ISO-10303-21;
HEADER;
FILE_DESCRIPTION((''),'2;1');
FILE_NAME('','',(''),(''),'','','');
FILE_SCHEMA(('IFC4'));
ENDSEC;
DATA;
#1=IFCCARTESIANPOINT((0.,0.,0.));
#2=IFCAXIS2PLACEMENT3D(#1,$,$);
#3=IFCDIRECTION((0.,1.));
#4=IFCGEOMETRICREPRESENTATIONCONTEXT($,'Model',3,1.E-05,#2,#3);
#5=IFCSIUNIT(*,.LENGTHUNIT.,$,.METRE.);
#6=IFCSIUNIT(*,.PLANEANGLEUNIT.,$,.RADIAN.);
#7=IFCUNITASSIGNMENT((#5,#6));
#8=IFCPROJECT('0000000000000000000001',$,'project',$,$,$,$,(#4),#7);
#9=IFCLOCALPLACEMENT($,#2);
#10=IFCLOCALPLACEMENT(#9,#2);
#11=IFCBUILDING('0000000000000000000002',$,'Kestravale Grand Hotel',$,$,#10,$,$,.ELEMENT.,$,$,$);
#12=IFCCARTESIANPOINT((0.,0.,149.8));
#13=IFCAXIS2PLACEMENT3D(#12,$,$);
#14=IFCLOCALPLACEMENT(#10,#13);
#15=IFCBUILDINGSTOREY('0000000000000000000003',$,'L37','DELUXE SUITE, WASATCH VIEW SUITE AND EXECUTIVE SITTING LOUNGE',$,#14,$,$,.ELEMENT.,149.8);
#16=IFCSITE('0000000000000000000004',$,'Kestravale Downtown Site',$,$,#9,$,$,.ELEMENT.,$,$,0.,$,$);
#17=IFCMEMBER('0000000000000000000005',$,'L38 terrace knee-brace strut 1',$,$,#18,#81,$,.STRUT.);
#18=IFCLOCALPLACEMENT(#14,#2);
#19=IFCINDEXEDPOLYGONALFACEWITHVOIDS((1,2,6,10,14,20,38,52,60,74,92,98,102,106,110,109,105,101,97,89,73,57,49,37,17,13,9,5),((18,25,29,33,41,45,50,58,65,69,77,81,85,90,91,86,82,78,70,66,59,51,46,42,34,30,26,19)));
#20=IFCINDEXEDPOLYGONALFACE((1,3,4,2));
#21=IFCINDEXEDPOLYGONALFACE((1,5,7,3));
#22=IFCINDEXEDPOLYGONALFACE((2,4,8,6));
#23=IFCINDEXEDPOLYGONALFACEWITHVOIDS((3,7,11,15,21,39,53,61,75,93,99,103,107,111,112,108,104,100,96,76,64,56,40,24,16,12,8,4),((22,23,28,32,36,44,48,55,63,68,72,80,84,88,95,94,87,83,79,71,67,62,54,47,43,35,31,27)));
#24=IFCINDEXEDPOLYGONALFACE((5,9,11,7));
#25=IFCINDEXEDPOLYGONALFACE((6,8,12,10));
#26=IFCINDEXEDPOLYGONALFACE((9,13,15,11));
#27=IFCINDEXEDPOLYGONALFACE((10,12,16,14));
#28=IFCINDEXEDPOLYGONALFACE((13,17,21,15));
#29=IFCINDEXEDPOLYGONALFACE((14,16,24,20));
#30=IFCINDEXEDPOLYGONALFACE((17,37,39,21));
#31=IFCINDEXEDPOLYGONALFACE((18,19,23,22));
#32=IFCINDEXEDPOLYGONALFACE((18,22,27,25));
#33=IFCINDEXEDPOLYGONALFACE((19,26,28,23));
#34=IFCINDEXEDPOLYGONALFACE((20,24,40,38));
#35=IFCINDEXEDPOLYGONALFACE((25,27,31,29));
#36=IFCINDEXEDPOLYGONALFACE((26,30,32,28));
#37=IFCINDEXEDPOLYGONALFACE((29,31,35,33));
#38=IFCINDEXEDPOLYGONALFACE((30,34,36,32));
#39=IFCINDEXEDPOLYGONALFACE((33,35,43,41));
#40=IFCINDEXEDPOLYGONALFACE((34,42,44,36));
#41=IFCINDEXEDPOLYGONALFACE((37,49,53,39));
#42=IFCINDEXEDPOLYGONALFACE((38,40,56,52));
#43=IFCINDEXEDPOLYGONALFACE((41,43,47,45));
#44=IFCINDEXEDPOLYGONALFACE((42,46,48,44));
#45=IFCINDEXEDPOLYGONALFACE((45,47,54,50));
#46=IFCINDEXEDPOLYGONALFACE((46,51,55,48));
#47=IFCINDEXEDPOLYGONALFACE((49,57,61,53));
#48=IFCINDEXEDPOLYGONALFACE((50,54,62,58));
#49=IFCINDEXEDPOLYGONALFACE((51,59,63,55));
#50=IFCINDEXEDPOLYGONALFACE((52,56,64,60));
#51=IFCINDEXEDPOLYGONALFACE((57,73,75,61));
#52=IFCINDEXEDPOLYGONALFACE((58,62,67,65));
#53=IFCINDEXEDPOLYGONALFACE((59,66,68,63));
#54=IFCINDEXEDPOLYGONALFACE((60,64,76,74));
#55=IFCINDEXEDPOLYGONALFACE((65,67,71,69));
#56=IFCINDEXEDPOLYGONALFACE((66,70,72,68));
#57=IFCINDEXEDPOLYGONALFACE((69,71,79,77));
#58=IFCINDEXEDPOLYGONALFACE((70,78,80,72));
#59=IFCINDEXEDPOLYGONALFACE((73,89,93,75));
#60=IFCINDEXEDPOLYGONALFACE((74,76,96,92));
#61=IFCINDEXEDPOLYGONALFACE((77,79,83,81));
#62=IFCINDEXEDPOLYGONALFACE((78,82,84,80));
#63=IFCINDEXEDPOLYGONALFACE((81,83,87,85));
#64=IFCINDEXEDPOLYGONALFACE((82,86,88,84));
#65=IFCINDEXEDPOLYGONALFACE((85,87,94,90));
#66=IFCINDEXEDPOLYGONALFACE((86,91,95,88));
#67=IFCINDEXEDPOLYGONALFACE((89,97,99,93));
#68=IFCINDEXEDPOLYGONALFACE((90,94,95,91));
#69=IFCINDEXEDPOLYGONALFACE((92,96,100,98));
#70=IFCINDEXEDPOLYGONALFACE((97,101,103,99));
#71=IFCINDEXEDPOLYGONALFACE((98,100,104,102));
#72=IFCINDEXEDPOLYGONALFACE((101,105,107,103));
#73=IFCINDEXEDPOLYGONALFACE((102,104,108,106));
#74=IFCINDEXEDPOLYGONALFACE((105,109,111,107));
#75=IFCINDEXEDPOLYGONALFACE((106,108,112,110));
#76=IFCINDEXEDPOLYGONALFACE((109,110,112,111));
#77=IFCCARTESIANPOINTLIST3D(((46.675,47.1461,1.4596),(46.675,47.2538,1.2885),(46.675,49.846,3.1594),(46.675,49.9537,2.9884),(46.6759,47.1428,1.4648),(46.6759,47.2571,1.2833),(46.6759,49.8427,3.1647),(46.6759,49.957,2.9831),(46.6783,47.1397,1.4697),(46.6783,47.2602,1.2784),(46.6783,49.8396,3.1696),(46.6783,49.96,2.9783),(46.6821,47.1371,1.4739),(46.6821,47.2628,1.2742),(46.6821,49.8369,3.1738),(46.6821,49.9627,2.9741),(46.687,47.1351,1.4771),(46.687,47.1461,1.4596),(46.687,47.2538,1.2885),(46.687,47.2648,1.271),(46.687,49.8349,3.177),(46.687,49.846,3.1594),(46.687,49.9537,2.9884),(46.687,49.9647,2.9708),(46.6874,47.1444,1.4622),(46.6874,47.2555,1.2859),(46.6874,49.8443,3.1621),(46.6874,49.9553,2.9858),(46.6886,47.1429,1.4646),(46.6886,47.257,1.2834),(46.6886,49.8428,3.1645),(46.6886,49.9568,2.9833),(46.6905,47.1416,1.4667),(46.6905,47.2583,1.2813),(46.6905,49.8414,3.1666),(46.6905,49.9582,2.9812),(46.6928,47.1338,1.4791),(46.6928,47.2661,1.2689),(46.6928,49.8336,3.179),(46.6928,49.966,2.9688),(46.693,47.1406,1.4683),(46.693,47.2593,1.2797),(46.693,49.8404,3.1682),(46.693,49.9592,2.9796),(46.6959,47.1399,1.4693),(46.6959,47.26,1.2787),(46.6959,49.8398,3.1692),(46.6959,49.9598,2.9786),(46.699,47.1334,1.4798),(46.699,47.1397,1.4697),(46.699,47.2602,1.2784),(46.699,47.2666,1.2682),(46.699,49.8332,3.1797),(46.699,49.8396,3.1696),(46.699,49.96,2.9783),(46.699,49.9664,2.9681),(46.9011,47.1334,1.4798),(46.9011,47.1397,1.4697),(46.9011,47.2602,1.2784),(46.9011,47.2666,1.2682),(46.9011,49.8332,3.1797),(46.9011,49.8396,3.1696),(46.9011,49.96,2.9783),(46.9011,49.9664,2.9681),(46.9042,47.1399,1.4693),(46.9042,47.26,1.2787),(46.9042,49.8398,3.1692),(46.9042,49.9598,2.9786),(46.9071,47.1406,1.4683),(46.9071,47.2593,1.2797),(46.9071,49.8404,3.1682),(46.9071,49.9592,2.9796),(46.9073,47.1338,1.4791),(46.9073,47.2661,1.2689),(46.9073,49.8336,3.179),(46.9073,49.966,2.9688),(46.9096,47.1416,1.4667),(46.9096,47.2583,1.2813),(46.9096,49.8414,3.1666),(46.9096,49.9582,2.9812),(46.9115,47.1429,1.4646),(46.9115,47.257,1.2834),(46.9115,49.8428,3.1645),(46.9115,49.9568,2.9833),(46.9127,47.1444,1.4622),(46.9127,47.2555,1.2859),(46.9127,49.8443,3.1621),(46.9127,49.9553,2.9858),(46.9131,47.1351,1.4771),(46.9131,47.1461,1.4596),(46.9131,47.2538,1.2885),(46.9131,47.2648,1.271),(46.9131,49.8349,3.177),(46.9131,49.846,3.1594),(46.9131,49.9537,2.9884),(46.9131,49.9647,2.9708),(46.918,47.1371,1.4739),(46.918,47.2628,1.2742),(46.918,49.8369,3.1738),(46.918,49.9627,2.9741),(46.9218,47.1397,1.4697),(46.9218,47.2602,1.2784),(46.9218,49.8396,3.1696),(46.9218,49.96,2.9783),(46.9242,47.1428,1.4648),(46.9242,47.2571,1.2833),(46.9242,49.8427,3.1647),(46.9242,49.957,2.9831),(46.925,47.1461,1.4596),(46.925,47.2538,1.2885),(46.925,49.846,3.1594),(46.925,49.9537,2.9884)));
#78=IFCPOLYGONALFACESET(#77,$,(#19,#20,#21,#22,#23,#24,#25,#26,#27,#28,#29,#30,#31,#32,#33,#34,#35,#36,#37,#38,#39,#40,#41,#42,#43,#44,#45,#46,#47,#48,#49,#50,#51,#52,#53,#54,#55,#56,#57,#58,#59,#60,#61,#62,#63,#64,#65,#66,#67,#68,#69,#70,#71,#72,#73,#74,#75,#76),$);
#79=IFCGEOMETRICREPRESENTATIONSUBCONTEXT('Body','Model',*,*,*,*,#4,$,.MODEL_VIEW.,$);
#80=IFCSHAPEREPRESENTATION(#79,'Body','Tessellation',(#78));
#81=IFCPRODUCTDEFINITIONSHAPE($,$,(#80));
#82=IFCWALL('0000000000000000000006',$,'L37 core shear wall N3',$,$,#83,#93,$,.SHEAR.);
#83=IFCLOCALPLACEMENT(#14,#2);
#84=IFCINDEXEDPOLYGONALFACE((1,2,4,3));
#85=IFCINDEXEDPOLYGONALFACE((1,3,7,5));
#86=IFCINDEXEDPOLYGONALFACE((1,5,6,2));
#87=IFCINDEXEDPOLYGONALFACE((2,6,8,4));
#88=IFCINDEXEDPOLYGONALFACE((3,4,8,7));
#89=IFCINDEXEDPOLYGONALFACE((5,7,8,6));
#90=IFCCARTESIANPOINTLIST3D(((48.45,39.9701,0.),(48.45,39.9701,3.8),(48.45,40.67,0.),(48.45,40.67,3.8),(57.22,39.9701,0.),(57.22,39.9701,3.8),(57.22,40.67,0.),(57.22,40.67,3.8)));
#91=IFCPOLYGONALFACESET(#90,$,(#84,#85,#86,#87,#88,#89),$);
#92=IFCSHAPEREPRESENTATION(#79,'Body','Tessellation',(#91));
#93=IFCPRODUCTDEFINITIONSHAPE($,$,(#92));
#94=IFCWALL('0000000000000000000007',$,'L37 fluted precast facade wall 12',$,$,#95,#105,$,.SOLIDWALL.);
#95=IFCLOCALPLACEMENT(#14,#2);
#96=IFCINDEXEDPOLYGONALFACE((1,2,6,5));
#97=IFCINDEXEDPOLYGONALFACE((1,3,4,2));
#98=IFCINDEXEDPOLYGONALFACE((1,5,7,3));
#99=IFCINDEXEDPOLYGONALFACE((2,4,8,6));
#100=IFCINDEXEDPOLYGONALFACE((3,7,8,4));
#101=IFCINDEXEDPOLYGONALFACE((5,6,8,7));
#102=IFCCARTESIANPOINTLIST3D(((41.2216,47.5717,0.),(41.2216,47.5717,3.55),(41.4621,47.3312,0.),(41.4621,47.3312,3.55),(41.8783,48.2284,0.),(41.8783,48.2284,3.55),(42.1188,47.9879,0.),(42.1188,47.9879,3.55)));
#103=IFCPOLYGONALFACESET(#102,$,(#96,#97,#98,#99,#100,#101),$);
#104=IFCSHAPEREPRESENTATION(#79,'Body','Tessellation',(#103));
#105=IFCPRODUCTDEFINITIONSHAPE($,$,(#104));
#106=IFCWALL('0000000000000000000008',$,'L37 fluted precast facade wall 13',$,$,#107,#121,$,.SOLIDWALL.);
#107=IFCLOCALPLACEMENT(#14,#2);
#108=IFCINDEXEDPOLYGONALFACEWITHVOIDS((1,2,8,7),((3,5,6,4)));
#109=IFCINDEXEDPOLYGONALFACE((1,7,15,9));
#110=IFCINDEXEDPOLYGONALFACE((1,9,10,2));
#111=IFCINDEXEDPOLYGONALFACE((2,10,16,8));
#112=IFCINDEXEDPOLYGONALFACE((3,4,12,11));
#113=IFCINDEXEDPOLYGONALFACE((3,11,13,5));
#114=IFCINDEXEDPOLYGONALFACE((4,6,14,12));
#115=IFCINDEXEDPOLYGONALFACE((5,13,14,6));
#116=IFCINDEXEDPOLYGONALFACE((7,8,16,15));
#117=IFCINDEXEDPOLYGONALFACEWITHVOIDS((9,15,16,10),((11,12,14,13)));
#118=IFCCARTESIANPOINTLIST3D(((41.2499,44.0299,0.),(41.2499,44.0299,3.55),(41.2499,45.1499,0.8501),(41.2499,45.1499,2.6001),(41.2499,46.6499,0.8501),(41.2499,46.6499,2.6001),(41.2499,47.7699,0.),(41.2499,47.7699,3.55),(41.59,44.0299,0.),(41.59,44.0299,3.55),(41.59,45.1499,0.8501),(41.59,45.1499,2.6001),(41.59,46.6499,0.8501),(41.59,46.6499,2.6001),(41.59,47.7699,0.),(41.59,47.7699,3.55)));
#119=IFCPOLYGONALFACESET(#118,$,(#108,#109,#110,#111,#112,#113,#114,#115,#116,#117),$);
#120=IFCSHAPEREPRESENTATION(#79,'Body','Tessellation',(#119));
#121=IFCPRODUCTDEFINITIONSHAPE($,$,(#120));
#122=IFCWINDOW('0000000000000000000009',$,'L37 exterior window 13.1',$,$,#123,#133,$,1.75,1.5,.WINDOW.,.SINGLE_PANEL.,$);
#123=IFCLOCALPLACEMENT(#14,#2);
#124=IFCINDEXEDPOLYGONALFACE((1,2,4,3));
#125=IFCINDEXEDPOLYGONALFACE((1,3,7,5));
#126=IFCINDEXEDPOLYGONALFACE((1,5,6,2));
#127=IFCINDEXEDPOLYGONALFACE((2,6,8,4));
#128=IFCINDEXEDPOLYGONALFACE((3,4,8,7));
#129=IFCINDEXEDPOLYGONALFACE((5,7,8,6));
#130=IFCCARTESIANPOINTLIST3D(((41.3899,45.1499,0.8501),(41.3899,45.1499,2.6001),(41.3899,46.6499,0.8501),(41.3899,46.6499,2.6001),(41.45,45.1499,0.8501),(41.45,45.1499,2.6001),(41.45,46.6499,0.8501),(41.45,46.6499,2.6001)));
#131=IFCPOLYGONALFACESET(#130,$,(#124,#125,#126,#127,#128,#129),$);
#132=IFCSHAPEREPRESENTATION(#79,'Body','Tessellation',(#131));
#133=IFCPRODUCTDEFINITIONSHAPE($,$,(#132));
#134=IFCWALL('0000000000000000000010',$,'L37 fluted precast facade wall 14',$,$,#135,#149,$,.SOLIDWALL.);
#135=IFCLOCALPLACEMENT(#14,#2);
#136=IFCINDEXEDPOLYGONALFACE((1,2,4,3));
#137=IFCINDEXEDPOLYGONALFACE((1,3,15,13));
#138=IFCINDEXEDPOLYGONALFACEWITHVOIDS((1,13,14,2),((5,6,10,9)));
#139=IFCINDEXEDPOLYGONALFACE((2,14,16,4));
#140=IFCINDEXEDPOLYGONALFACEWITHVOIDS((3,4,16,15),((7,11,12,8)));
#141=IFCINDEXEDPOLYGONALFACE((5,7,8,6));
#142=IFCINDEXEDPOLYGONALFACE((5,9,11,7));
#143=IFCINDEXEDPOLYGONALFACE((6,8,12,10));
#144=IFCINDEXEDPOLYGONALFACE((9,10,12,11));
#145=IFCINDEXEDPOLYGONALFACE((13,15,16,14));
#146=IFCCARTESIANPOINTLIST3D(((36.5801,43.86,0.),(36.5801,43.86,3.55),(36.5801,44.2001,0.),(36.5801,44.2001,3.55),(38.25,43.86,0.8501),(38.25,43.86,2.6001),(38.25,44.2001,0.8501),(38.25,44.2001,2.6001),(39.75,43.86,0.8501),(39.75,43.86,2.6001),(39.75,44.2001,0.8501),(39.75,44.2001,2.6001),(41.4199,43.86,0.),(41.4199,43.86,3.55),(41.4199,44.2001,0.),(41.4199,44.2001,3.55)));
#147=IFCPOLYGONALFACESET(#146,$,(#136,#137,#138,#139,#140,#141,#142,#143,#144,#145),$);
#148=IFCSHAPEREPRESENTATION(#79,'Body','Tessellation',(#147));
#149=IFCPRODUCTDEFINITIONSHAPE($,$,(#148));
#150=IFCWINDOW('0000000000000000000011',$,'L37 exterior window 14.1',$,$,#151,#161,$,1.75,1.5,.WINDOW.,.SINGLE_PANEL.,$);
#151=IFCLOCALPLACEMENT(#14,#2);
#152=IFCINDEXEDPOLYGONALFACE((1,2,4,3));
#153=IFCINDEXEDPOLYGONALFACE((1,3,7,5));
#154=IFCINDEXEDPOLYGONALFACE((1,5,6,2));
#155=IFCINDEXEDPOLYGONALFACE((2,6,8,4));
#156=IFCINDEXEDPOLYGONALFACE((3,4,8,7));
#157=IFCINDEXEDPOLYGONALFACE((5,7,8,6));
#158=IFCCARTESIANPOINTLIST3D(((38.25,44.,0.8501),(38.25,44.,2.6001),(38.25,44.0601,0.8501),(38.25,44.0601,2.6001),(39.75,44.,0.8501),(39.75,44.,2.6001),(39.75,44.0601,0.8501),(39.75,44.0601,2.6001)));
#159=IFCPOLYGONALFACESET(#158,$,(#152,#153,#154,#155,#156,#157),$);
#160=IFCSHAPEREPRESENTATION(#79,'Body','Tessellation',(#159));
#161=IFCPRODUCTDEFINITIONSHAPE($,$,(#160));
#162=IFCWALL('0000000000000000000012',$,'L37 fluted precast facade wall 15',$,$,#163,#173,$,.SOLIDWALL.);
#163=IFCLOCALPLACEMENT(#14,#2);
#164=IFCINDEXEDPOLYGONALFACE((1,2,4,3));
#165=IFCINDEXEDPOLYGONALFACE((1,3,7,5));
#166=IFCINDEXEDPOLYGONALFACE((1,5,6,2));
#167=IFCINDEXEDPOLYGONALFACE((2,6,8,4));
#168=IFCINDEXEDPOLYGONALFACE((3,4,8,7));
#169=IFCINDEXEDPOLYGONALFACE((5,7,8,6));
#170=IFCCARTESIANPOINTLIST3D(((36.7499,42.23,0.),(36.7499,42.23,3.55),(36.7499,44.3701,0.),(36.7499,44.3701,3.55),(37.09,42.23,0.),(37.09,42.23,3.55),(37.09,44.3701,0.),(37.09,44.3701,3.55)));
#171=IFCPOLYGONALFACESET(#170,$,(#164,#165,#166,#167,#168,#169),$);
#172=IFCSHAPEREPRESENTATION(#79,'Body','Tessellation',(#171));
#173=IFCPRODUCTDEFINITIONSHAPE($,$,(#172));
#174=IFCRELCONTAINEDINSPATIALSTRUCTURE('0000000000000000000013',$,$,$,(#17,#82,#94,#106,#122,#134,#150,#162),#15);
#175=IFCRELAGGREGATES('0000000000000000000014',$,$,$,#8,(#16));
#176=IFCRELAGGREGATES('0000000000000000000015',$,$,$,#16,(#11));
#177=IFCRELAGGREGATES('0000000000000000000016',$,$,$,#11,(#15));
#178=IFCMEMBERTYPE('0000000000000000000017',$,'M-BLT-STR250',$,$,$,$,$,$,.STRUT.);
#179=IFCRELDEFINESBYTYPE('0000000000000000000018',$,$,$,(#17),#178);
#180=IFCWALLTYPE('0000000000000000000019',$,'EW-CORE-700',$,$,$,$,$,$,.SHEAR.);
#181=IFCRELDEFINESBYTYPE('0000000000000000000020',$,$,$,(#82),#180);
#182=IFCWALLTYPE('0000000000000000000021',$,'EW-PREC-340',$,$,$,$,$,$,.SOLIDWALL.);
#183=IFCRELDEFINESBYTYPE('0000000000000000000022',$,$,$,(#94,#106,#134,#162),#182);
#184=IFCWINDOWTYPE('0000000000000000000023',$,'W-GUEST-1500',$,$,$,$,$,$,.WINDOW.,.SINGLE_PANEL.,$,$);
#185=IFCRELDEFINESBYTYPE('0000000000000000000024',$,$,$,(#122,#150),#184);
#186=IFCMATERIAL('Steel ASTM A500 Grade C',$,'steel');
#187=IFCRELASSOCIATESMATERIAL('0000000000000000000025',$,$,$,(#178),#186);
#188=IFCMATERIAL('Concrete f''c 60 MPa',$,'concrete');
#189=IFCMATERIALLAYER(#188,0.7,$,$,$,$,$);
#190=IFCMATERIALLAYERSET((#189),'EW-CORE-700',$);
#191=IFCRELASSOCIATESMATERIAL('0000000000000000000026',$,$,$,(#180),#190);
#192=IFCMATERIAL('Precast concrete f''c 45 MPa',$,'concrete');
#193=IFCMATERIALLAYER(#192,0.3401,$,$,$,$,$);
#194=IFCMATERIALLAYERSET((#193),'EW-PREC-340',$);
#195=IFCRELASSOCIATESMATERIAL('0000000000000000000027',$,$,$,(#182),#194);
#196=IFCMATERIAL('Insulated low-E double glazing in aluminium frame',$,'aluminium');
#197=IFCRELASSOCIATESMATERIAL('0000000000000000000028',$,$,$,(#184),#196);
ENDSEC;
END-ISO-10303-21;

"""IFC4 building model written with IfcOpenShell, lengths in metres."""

from ifc_helpers import new_model, si_unit, direction, frame, frame_2d, origin, origin_2d, place, context, subcontext, project, spatial, rectangle, hollow_rectangle, extrude, material, layer, layer_set, material_profile, profile_set, type_object, element, fill, save


model = new_model("IFC4")

# Units and contexts
model_context = context("Model", 3, precision=1e-05, world=origin(), true_north=direction((0.0, 1.0)))
body_context = subcontext(model_context, "Body", "Model", "MODEL_VIEW")
ifc_project = project(units=[si_unit("LENGTHUNIT", "METRE"), si_unit("PLANEANGLEUNIT", "RADIAN")], contexts=[model_context])

# Site, building, storey
site_placement = place(None, origin())
site = spatial("IfcSite", under=ifc_project, at=site_placement, Name="Kestravale Downtown Site", CompositionType="ELEMENT", RefElevation=0.0)
building_placement = place(site_placement, origin())
building = spatial("IfcBuilding", under=site, at=building_placement, Name="Kestravale Grand Hotel", CompositionType="ELEMENT")
storey_placement = place(building_placement, frame((0.0, 0.0, 149.8)))
storey = spatial("IfcBuildingStorey", under=building, at=storey_placement, Name="L37", Description="DELUXE SUITE, WASATCH VIEW SUITE AND EXECUTIVE SITTING LOUNGE", CompositionType="ELEMENT", Elevation=149.8)

# Member
ifc_material_1 = material(Name="Steel ASTM A500 Grade C", Category="steel")
ifc_material_profile_1 = material_profile(ifc_material_1, hollow_rectangle(XDim=0.25, YDim=0.25, WallThickness=0.012, InnerFilletRadius=0.012, OuterFilletRadius=0.0239, at=origin_2d()))
ifc_profile_set_1 = profile_set([ifc_material_profile_1], Name="Steel ASTM A500 Grade C")
member_type = type_object("IfcMemberType", Name="M-BLT-STR250", PredefinedType="STRUT", material=ifc_profile_set_1)
member_placement = place(storey_placement, frame((46.8, 47.2, 1.374), z_axis=(0.0, 0.846235, 0.532809), x_axis=(-1.0, 0.0, 0.0)))
element("IfcMember", 1, at=member_placement, inside=storey, type_object=member_type, Name="L38 terrace knee-brace strut 1", PredefinedType="STRUT", context=body_context, shape_type="SweptSolid", body=[
    extrude(hollow_rectangle(XDim=0.25, YDim=0.25, WallThickness=0.012, InnerFilletRadius=0.012, OuterFilletRadius=0.0239, at=origin_2d()), origin(), (0.0, 0.0, 1.0), 3.1904),
])

# Walls
ifc_material_2 = material(Name="Concrete f'c 60 MPa", Category="concrete")
ifc_layer_1 = layer(ifc_material_2, 0.7)
ifc_layer_set_1 = layer_set([ifc_layer_1], Name="EW-CORE-700")
wall_type_1 = type_object("IfcWallType", Name="EW-CORE-700", PredefinedType="SHEAR", material=ifc_layer_set_1)
wall_1_placement = place(storey_placement, frame((48.45, 40.3201, 0.0), z_axis=(0.0, 0.0, 1.0), x_axis=(1.0, 0.0, 0.0)))
element("IfcWall", 2, at=wall_1_placement, inside=storey, type_object=wall_type_1, Name="L37 core shear wall N3", PredefinedType="SHEAR", context=body_context, shape_type="SweptSolid", body=[
    extrude(rectangle(XDim=8.77, YDim=0.7, at=frame_2d((4.385, 0.0))), origin(), (0.0, 0.0, 1.0), 3.8),
])
ifc_material_3 = material(Name="Precast concrete f'c 45 MPa", Category="concrete")
ifc_layer_2 = layer(ifc_material_3, 0.3401)
ifc_layer_set_2 = layer_set([ifc_layer_2], Name="EW-PREC-340")
wall_type_2 = type_object("IfcWallType", Name="EW-PREC-340", PredefinedType="SOLIDWALL", material=ifc_layer_set_2)
wall_2_placement = place(storey_placement, frame((41.9985, 48.1082, 0.0), z_axis=(0.0, 0.0, 1.0), x_axis=(-0.707107, -0.707107, 0.0)))
element("IfcWall", 3, at=wall_2_placement, inside=storey, type_object=wall_type_2, Name="L37 fluted precast facade wall 12", PredefinedType="SOLIDWALL", context=body_context, shape_type="SweptSolid", body=[
    extrude(rectangle(XDim=0.9287, YDim=0.3401, at=frame_2d((0.4644, 0.0))), origin(), (0.0, 0.0, 1.0), 3.55),
])

# Walls, openings, windows
wall_3_placement = place(storey_placement, frame((41.4199, 47.77, 0.0), z_axis=(0.0, 0.0, 1.0), x_axis=(0.0, -1.0, 0.0)))
wall_3 = element("IfcWall", 4, at=wall_3_placement, inside=storey, type_object=wall_type_2, Name="L37 fluted precast facade wall 13", PredefinedType="SOLIDWALL", context=body_context, shape_type="SweptSolid", body=[
    extrude(rectangle(XDim=3.74, YDim=0.3401, at=frame_2d((1.8701, 0.0))), origin(), (0.0, 0.0, 1.0), 3.55),
])
opening_1_placement = place(wall_3_placement, frame((1.1201, 0.0, 0.8501)))
opening_1 = element("IfcOpeningElement", 5, at=opening_1_placement, cuts=wall_3, PredefinedType="OPENING", context=body_context, shape_type="SweptSolid", body=[
    extrude(rectangle(XDim=1.5, YDim=1.75, at=frame_2d((0.75, 0.875))), frame((0.0, 0.1799, 0.0), z_axis=(0.0, -1.0, 0.0), x_axis=(1.0, 0.0, 0.0)), (0.0, 0.0, 1.0), 0.3601),
])
ifc_material_4 = material(Name="Insulated low-E double glazing in aluminium frame", Category="aluminium")
window_type = type_object("IfcWindowType", Name="W-GUEST-1500", PartitioningType="SINGLE_PANEL", PredefinedType="WINDOW", material=ifc_material_4)
window_1_placement = place(opening_1_placement, origin())
window_1 = element("IfcWindow", 6, at=window_1_placement, inside=storey, type_object=window_type, Name="L37 exterior window 13.1", OverallHeight=1.75, OverallWidth=1.5, PartitioningType="SINGLE_PANEL", PredefinedType="WINDOW", context=body_context, shape_type="SweptSolid", body=[
    extrude(rectangle(XDim=1.5, YDim=1.75, at=frame_2d((0.75, 0.875))), frame((0.0, 0.03, 0.0), z_axis=(0.0, -1.0, 0.0), x_axis=(1.0, 0.0, 0.0)), (0.0, 0.0, 1.0), 0.0601),
])
fill(opening_1, window_1)
wall_4_placement = place(storey_placement, frame((41.4199, 44.03, 0.0), z_axis=(0.0, 0.0, 1.0), x_axis=(-1.0, 0.0, 0.0)))
wall_4 = element("IfcWall", 7, at=wall_4_placement, inside=storey, type_object=wall_type_2, Name="L37 fluted precast facade wall 14", PredefinedType="SOLIDWALL", context=body_context, shape_type="SweptSolid", body=[
    extrude(rectangle(XDim=4.8398, YDim=0.3401, at=frame_2d((2.4199, 0.0))), origin(), (0.0, 0.0, 1.0), 3.55),
])
opening_2_placement = place(wall_4_placement, frame((1.6699, 0.0, 0.8501)))
opening_2 = element("IfcOpeningElement", 8, at=opening_2_placement, cuts=wall_4, PredefinedType="OPENING", context=body_context, shape_type="SweptSolid", body=[
    extrude(rectangle(XDim=1.5, YDim=1.75, at=frame_2d((0.75, 0.875))), frame((0.0, 0.1799, 0.0), z_axis=(0.0, -1.0, 0.0), x_axis=(1.0, 0.0, 0.0)), (0.0, 0.0, 1.0), 0.3601),
])
window_2_placement = place(opening_2_placement, origin())
window_2 = element("IfcWindow", 9, at=window_2_placement, inside=storey, type_object=window_type, Name="L37 exterior window 14.1", OverallHeight=1.75, OverallWidth=1.5, PartitioningType="SINGLE_PANEL", PredefinedType="WINDOW", context=body_context, shape_type="SweptSolid", body=[
    extrude(rectangle(XDim=1.5, YDim=1.75, at=frame_2d((0.75, 0.875))), frame((0.0, 0.03, 0.0), z_axis=(0.0, -1.0, 0.0), x_axis=(1.0, 0.0, 0.0)), (0.0, 0.0, 1.0), 0.0601),
])
fill(opening_2, window_2)

# Wall
wall_5_placement = place(storey_placement, frame((36.9199, 44.3701, 0.0), z_axis=(0.0, 0.0, 1.0), x_axis=(0.0, -1.0, 0.0)))
element("IfcWall", 10, at=wall_5_placement, inside=storey, type_object=wall_type_2, Name="L37 fluted precast facade wall 15", PredefinedType="SOLIDWALL", context=body_context, shape_type="SweptSolid", body=[
    extrude(rectangle(XDim=2.1401, YDim=0.3401, at=frame_2d((1.0701, 0.0))), origin(), (0.0, 0.0, 1.0), 3.55),
])

save(model, "model.ifc")
